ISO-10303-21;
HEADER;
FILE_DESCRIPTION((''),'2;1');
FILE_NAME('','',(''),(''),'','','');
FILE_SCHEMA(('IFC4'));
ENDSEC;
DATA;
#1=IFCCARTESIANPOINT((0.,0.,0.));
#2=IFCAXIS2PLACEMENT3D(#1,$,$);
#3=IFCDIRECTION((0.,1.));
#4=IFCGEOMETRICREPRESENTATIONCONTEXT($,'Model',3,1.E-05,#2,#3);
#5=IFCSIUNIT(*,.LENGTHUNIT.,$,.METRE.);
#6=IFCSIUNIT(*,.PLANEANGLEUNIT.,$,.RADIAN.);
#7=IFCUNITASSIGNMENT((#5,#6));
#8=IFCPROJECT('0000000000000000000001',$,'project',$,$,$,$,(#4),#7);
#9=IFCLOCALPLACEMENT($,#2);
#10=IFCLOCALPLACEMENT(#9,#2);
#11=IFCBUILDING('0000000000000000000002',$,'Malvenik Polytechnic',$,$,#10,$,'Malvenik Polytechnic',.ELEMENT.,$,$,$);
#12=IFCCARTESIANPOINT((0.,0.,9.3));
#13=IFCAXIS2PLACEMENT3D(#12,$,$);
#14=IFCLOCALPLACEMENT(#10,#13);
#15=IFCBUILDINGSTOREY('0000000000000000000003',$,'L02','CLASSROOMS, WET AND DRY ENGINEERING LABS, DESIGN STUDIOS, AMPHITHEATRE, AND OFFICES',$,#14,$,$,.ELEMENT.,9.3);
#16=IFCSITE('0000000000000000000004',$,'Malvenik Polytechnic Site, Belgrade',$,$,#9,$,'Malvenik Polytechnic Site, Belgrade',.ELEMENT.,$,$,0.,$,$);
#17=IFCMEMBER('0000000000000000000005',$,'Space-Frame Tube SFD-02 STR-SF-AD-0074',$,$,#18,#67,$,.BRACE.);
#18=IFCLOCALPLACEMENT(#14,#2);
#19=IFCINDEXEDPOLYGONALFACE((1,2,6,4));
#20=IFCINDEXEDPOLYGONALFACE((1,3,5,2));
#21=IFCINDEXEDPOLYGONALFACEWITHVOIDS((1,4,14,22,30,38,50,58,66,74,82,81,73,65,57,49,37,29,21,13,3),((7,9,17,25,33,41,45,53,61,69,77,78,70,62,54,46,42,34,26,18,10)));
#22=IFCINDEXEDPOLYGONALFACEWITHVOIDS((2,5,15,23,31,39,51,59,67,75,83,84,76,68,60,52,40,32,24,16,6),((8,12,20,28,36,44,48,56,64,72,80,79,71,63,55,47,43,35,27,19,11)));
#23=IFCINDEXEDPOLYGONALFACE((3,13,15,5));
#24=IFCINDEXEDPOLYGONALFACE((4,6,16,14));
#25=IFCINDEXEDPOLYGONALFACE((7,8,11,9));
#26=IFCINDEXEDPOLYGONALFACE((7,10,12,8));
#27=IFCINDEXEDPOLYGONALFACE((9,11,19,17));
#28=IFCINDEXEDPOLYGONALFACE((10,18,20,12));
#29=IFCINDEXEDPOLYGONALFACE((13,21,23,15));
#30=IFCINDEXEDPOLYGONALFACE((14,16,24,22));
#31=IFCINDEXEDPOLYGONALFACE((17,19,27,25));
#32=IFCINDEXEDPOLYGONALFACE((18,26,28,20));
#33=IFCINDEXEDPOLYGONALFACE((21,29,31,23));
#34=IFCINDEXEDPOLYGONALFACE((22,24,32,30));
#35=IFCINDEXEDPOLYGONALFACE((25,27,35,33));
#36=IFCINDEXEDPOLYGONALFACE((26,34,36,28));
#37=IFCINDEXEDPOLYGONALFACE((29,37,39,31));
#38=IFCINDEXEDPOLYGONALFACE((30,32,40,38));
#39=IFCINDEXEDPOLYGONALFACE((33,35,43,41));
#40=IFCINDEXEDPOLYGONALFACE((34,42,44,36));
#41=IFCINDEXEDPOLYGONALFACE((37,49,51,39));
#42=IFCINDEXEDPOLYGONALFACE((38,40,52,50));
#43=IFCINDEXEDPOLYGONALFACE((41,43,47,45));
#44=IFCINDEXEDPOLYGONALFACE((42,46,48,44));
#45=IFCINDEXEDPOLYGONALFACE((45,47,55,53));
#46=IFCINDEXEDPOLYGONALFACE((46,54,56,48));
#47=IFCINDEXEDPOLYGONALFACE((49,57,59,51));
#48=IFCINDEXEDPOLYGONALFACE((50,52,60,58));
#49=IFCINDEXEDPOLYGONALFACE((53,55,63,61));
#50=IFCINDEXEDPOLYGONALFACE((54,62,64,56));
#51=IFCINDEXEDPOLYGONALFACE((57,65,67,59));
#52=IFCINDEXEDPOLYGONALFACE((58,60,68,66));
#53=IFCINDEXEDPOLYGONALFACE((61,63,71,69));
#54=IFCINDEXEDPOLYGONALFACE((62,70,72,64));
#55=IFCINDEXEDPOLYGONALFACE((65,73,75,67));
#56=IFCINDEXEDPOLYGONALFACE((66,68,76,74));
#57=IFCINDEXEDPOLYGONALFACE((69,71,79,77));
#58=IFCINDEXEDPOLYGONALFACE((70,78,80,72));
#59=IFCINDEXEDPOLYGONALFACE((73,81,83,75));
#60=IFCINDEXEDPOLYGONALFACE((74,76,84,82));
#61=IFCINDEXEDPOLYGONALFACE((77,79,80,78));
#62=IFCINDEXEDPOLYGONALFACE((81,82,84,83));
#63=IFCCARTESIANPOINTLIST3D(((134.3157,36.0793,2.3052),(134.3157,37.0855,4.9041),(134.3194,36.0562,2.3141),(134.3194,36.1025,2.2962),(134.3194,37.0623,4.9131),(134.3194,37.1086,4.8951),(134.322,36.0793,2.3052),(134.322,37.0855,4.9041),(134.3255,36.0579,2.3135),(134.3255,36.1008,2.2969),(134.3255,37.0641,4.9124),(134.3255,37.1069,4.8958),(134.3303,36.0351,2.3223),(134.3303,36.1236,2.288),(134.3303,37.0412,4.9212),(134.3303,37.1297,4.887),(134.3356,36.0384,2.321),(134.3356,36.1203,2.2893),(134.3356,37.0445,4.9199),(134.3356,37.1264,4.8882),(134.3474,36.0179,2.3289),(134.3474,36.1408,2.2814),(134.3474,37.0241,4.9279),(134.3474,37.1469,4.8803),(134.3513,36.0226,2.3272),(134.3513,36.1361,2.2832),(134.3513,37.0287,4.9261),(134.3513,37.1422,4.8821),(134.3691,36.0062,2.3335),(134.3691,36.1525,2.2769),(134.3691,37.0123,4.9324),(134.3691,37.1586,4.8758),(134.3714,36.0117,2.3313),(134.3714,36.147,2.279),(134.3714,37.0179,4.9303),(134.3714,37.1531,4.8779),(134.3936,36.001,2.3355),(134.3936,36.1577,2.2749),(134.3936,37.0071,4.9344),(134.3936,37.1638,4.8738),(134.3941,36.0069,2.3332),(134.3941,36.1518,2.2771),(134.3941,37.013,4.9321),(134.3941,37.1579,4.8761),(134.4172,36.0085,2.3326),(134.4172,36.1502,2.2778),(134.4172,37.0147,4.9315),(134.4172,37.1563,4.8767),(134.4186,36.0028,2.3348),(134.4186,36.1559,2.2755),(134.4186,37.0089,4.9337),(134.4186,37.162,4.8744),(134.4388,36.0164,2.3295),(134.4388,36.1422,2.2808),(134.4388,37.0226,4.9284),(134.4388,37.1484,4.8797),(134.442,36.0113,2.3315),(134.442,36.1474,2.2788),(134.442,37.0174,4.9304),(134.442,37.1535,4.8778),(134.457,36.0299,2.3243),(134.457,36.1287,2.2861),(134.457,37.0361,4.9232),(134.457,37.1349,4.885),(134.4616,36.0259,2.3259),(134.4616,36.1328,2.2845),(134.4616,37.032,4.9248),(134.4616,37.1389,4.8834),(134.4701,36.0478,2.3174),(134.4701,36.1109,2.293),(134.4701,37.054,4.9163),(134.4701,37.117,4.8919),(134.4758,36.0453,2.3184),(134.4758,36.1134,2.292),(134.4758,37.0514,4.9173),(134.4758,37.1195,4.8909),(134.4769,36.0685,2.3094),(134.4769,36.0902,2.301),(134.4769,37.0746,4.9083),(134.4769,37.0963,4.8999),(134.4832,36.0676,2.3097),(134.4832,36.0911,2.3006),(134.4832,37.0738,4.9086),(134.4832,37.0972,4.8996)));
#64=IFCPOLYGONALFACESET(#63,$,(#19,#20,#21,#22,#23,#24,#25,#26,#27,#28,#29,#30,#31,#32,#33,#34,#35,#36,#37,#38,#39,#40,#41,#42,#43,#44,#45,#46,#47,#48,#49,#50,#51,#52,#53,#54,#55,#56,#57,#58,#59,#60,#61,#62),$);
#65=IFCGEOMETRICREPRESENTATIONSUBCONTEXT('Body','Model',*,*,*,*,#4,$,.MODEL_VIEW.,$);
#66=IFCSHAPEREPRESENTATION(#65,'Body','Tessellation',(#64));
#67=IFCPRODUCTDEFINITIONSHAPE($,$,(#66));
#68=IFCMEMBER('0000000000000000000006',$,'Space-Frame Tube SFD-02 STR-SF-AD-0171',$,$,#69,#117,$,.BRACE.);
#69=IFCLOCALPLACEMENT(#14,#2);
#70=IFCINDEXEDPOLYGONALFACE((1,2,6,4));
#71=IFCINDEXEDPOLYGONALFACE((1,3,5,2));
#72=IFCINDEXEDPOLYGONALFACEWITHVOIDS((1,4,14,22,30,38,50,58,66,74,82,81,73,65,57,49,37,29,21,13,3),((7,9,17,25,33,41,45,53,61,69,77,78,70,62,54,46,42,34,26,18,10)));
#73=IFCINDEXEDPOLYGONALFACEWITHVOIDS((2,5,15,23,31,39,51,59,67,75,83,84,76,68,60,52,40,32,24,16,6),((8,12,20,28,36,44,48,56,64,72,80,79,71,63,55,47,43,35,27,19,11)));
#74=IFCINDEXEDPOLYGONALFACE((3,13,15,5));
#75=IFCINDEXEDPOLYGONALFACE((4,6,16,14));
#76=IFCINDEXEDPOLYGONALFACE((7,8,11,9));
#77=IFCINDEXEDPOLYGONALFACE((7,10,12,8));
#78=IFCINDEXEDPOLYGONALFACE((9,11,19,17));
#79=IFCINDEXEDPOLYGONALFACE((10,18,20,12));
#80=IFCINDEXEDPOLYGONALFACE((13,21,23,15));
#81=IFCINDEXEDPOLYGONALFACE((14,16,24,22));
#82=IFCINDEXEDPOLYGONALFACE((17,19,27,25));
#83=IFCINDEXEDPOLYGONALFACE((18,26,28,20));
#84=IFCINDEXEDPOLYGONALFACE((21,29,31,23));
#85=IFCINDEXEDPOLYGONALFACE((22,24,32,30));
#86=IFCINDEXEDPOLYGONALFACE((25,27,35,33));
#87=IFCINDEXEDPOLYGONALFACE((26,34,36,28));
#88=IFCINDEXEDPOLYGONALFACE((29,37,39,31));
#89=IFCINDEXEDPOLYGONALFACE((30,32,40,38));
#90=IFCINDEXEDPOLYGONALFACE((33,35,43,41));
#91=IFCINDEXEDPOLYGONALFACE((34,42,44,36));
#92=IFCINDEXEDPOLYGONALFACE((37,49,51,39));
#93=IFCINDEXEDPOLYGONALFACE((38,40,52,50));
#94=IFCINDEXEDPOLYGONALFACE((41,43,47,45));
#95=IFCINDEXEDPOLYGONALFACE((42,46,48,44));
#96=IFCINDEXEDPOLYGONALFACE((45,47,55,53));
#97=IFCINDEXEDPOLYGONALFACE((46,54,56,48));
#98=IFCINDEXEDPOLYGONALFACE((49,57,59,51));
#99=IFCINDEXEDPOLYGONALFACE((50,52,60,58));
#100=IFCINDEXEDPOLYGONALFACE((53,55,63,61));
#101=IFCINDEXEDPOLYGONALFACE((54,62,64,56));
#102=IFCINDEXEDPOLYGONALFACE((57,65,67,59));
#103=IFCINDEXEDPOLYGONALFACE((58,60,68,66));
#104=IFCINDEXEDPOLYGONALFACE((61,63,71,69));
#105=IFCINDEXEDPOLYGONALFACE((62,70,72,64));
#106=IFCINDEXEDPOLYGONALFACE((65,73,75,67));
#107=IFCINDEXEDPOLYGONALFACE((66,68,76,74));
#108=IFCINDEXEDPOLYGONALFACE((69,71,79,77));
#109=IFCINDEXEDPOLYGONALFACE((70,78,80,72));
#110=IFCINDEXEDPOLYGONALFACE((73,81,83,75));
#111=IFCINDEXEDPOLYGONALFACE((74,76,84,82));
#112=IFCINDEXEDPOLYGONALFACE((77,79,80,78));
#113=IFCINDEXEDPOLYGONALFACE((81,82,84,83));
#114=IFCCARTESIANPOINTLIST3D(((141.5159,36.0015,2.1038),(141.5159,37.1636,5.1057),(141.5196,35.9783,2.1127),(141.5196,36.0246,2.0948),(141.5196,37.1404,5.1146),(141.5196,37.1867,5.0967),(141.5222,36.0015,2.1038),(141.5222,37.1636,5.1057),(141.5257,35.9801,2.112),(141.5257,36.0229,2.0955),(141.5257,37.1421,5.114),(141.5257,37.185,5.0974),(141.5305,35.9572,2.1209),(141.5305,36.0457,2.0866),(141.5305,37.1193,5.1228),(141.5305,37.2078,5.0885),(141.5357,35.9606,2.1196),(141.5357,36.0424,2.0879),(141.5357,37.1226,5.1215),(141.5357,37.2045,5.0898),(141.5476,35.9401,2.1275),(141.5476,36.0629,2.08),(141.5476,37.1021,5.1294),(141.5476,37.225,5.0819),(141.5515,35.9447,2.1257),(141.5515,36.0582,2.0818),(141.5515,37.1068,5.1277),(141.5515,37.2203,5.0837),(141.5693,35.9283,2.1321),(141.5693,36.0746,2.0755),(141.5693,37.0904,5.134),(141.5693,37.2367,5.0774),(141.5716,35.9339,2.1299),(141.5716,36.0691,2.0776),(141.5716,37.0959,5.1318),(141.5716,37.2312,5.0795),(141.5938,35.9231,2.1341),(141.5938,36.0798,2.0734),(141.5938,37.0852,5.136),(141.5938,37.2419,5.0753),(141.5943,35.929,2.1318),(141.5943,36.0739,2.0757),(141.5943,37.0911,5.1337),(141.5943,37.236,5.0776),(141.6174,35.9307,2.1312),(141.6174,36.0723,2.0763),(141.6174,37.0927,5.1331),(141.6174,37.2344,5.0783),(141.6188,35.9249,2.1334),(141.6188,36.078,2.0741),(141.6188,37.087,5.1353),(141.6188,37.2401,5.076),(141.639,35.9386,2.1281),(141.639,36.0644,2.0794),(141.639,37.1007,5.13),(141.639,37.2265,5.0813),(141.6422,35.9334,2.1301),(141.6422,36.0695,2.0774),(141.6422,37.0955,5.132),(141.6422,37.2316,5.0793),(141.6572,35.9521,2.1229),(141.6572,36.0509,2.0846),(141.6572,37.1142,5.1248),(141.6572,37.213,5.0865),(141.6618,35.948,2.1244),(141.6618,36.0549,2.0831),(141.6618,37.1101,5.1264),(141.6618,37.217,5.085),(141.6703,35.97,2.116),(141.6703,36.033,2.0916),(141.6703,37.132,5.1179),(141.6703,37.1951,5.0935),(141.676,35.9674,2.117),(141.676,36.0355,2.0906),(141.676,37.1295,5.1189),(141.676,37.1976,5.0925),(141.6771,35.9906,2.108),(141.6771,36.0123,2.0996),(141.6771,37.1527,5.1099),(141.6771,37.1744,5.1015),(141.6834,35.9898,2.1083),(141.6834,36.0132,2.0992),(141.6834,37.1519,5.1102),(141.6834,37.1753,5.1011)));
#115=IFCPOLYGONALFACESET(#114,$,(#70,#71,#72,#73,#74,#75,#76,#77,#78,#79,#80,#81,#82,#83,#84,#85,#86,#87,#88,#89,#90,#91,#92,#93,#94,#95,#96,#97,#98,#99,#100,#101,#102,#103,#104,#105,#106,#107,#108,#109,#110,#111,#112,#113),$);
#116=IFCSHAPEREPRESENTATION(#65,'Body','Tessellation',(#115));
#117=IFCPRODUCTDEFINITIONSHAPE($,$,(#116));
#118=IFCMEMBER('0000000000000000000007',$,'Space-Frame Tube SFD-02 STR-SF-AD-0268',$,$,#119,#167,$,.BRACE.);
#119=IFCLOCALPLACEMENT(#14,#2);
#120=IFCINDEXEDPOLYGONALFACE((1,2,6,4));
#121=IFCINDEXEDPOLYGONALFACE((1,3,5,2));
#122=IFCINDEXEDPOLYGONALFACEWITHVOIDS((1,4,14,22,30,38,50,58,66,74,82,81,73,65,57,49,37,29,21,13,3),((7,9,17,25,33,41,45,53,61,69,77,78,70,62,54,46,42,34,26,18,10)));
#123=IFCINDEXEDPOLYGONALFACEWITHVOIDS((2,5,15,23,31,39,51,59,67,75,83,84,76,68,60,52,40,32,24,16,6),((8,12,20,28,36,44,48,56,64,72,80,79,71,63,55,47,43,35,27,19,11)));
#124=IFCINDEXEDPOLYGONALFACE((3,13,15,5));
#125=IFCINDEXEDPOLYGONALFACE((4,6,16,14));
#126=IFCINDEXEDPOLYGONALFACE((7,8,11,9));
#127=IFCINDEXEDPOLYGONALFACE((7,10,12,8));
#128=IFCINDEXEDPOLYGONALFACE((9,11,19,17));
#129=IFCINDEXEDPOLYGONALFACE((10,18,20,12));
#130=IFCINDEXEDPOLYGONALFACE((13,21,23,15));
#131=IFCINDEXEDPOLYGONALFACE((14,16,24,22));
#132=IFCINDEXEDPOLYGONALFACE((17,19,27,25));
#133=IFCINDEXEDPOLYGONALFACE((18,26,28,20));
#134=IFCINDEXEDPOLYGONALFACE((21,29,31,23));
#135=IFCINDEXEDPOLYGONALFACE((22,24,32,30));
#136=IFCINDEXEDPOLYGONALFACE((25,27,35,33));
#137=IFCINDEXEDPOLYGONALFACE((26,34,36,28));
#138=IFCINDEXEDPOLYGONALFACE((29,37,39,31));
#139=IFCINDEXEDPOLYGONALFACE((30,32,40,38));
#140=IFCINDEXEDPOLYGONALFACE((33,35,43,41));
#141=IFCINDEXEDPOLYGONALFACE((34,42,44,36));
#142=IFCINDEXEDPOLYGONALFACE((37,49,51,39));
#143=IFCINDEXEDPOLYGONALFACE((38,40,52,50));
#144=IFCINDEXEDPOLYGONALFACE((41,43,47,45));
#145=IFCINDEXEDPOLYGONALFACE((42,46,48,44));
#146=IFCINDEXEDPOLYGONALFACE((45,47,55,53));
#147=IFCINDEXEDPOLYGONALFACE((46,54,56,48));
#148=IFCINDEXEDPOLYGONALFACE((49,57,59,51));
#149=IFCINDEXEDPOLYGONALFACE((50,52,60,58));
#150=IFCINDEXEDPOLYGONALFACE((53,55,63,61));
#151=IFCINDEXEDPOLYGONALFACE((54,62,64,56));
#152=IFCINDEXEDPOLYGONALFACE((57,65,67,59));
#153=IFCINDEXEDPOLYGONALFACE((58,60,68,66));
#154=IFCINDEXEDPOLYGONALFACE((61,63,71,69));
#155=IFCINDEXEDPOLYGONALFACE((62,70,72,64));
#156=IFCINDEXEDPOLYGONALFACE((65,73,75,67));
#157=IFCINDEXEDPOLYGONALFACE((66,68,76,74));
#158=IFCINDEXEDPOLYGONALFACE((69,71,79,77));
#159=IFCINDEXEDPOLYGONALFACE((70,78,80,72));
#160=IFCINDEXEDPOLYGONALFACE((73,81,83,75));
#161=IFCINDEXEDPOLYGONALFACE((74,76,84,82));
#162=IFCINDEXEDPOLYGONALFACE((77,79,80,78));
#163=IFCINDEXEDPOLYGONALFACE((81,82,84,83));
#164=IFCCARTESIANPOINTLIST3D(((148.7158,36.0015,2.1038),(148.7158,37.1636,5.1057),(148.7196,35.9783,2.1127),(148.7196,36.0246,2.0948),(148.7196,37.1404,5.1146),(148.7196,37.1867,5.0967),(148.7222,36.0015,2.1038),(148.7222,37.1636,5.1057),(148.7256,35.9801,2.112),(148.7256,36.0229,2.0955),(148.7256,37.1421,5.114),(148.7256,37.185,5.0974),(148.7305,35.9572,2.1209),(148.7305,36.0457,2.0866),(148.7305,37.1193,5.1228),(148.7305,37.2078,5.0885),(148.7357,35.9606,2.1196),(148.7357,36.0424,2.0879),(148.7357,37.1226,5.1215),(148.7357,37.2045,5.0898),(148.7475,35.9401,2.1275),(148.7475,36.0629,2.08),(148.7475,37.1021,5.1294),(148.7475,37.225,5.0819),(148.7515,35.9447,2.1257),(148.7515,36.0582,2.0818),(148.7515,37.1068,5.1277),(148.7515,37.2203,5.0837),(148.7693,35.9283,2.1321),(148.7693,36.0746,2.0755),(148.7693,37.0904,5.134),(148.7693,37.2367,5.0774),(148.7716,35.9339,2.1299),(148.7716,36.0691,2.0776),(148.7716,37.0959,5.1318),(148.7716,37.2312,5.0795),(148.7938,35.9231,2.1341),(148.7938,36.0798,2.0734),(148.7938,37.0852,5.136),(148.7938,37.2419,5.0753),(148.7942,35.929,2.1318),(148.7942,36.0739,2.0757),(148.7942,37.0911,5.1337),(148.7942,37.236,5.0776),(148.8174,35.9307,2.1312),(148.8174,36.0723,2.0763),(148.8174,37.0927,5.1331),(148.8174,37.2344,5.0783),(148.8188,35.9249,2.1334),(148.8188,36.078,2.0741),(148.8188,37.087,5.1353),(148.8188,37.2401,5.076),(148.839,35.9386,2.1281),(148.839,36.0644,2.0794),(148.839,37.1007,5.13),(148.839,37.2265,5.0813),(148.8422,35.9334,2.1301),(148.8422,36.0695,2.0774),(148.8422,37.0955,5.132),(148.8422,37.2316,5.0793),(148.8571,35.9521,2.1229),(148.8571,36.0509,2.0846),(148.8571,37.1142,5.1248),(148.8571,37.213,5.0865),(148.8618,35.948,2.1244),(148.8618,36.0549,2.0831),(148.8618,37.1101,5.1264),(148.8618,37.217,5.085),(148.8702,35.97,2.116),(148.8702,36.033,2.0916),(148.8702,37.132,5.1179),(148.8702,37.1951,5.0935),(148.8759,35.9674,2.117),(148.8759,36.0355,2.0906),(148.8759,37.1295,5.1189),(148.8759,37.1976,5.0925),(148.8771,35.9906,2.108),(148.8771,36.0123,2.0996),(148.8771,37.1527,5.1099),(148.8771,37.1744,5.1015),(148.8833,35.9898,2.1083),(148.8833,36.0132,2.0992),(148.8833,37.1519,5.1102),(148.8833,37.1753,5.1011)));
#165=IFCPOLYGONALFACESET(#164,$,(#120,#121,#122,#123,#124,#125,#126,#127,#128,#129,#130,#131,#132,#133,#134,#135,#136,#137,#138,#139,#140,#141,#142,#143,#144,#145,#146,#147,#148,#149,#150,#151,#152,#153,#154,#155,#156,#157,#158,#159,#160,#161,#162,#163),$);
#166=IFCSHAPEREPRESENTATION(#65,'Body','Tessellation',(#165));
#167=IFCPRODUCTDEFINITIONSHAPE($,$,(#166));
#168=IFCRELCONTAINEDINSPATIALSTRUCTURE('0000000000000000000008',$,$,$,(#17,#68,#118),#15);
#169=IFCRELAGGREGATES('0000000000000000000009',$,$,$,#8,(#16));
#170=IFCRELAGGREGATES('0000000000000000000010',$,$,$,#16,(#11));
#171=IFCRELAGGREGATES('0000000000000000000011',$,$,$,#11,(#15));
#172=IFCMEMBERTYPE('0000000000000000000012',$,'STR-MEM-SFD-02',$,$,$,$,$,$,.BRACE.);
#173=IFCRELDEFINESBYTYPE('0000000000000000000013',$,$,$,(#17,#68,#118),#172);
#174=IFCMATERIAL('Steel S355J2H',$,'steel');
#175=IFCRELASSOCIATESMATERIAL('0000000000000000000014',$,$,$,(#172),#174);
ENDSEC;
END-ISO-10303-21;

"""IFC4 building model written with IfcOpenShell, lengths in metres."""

from ifc_helpers import new_model, si_unit, direction, frame, origin, origin_2d, place, context, subcontext, project, spatial, hollow_circle, extrude, material, material_profile, profile_set, type_object, element, save


model = new_model("IFC4")

# Units and contexts
model_context = context("Model", 3, precision=1e-05, world=origin(), true_north=direction((0.0, 1.0)))
body_context = subcontext(model_context, "Body", "Model", "MODEL_VIEW")
ifc_project = project(units=[si_unit("LENGTHUNIT", "METRE"), si_unit("PLANEANGLEUNIT", "RADIAN")], contexts=[model_context])

# Site, building, storey
site_placement = place(None, origin())
site = spatial("IfcSite", under=ifc_project, at=site_placement, Name="Malvenik Polytechnic Site, Belgrade", LongName="Malvenik Polytechnic Site, Belgrade", CompositionType="ELEMENT", RefElevation=0.0)
building_placement = place(site_placement, origin())
building = spatial("IfcBuilding", under=site, at=building_placement, Name="Malvenik Polytechnic", LongName="Malvenik Polytechnic", CompositionType="ELEMENT")
storey_placement = place(building_placement, frame((0.0, 0.0, 9.3)))
storey = spatial("IfcBuildingStorey", under=building, at=storey_placement, Name="L02", Description="CLASSROOMS, WET AND DRY ENGINEERING LABS, DESIGN STUDIOS, AMPHITHEATRE, AND OFFICES", CompositionType="ELEMENT", Elevation=9.3)

# Members
ifc_material_1 = material(Name="Steel S355J2H", Category="steel")
ifc_material_profile_1 = material_profile(ifc_material_1, hollow_circle(Radius=0.0842, WallThickness=0.0063, at=origin_2d()), Name="CHS 168.3x6.3")
ifc_profile_set_1 = profile_set([ifc_material_profile_1], Name="Steel S355J2H")
member_type_1 = type_object("IfcMemberType", Name="STR-MEM-SFD-02", PredefinedType="BRACE", material=ifc_profile_set_1)
member_placement = place(storey_placement, frame((134.3999, 36.0793, 2.3052), z_axis=(0.0, 0.361021, 0.932558), x_axis=(-1.0, 0.0, 0.0)))
element("IfcMember", 1, at=member_placement, inside=storey, type_object=member_type_1, Name="Space-Frame Tube SFD-02 STR-SF-AD-0074", PredefinedType="BRACE", context=body_context, shape_type="SweptSolid", body=[
    extrude(hollow_circle(Radius=0.0842, WallThickness=0.0063, at=origin_2d()), origin(), (0.0, 0.0, 1.0), 2.7869),
])
for number, where, z_axis, x_axis, name in (
    (2, (141.6001, 36.0015, 2.1038), (0.0, 0.361011, 0.932562), (-1.0, 0.0, 0.0), "Space-Frame Tube SFD-02 STR-SF-AD-0171"),
    (3, (148.8, 36.0015, 2.1038), (0.0, 0.361011, 0.932562), (-1.0, 0.0, 0.0), "Space-Frame Tube SFD-02 STR-SF-AD-0268"),
):
    element("IfcMember", number, at=place(storey_placement, frame(where, z_axis=z_axis, x_axis=x_axis)), inside=storey, type_object=member_type_1, Name=name, PredefinedType="BRACE", context=body_context, shape_type="SweptSolid", body=[
        extrude(hollow_circle(Radius=0.0842, WallThickness=0.0063, at=origin_2d()), origin(), (0.0, 0.0, 1.0), 3.219),
    ])

save(model, "model.ifc")
